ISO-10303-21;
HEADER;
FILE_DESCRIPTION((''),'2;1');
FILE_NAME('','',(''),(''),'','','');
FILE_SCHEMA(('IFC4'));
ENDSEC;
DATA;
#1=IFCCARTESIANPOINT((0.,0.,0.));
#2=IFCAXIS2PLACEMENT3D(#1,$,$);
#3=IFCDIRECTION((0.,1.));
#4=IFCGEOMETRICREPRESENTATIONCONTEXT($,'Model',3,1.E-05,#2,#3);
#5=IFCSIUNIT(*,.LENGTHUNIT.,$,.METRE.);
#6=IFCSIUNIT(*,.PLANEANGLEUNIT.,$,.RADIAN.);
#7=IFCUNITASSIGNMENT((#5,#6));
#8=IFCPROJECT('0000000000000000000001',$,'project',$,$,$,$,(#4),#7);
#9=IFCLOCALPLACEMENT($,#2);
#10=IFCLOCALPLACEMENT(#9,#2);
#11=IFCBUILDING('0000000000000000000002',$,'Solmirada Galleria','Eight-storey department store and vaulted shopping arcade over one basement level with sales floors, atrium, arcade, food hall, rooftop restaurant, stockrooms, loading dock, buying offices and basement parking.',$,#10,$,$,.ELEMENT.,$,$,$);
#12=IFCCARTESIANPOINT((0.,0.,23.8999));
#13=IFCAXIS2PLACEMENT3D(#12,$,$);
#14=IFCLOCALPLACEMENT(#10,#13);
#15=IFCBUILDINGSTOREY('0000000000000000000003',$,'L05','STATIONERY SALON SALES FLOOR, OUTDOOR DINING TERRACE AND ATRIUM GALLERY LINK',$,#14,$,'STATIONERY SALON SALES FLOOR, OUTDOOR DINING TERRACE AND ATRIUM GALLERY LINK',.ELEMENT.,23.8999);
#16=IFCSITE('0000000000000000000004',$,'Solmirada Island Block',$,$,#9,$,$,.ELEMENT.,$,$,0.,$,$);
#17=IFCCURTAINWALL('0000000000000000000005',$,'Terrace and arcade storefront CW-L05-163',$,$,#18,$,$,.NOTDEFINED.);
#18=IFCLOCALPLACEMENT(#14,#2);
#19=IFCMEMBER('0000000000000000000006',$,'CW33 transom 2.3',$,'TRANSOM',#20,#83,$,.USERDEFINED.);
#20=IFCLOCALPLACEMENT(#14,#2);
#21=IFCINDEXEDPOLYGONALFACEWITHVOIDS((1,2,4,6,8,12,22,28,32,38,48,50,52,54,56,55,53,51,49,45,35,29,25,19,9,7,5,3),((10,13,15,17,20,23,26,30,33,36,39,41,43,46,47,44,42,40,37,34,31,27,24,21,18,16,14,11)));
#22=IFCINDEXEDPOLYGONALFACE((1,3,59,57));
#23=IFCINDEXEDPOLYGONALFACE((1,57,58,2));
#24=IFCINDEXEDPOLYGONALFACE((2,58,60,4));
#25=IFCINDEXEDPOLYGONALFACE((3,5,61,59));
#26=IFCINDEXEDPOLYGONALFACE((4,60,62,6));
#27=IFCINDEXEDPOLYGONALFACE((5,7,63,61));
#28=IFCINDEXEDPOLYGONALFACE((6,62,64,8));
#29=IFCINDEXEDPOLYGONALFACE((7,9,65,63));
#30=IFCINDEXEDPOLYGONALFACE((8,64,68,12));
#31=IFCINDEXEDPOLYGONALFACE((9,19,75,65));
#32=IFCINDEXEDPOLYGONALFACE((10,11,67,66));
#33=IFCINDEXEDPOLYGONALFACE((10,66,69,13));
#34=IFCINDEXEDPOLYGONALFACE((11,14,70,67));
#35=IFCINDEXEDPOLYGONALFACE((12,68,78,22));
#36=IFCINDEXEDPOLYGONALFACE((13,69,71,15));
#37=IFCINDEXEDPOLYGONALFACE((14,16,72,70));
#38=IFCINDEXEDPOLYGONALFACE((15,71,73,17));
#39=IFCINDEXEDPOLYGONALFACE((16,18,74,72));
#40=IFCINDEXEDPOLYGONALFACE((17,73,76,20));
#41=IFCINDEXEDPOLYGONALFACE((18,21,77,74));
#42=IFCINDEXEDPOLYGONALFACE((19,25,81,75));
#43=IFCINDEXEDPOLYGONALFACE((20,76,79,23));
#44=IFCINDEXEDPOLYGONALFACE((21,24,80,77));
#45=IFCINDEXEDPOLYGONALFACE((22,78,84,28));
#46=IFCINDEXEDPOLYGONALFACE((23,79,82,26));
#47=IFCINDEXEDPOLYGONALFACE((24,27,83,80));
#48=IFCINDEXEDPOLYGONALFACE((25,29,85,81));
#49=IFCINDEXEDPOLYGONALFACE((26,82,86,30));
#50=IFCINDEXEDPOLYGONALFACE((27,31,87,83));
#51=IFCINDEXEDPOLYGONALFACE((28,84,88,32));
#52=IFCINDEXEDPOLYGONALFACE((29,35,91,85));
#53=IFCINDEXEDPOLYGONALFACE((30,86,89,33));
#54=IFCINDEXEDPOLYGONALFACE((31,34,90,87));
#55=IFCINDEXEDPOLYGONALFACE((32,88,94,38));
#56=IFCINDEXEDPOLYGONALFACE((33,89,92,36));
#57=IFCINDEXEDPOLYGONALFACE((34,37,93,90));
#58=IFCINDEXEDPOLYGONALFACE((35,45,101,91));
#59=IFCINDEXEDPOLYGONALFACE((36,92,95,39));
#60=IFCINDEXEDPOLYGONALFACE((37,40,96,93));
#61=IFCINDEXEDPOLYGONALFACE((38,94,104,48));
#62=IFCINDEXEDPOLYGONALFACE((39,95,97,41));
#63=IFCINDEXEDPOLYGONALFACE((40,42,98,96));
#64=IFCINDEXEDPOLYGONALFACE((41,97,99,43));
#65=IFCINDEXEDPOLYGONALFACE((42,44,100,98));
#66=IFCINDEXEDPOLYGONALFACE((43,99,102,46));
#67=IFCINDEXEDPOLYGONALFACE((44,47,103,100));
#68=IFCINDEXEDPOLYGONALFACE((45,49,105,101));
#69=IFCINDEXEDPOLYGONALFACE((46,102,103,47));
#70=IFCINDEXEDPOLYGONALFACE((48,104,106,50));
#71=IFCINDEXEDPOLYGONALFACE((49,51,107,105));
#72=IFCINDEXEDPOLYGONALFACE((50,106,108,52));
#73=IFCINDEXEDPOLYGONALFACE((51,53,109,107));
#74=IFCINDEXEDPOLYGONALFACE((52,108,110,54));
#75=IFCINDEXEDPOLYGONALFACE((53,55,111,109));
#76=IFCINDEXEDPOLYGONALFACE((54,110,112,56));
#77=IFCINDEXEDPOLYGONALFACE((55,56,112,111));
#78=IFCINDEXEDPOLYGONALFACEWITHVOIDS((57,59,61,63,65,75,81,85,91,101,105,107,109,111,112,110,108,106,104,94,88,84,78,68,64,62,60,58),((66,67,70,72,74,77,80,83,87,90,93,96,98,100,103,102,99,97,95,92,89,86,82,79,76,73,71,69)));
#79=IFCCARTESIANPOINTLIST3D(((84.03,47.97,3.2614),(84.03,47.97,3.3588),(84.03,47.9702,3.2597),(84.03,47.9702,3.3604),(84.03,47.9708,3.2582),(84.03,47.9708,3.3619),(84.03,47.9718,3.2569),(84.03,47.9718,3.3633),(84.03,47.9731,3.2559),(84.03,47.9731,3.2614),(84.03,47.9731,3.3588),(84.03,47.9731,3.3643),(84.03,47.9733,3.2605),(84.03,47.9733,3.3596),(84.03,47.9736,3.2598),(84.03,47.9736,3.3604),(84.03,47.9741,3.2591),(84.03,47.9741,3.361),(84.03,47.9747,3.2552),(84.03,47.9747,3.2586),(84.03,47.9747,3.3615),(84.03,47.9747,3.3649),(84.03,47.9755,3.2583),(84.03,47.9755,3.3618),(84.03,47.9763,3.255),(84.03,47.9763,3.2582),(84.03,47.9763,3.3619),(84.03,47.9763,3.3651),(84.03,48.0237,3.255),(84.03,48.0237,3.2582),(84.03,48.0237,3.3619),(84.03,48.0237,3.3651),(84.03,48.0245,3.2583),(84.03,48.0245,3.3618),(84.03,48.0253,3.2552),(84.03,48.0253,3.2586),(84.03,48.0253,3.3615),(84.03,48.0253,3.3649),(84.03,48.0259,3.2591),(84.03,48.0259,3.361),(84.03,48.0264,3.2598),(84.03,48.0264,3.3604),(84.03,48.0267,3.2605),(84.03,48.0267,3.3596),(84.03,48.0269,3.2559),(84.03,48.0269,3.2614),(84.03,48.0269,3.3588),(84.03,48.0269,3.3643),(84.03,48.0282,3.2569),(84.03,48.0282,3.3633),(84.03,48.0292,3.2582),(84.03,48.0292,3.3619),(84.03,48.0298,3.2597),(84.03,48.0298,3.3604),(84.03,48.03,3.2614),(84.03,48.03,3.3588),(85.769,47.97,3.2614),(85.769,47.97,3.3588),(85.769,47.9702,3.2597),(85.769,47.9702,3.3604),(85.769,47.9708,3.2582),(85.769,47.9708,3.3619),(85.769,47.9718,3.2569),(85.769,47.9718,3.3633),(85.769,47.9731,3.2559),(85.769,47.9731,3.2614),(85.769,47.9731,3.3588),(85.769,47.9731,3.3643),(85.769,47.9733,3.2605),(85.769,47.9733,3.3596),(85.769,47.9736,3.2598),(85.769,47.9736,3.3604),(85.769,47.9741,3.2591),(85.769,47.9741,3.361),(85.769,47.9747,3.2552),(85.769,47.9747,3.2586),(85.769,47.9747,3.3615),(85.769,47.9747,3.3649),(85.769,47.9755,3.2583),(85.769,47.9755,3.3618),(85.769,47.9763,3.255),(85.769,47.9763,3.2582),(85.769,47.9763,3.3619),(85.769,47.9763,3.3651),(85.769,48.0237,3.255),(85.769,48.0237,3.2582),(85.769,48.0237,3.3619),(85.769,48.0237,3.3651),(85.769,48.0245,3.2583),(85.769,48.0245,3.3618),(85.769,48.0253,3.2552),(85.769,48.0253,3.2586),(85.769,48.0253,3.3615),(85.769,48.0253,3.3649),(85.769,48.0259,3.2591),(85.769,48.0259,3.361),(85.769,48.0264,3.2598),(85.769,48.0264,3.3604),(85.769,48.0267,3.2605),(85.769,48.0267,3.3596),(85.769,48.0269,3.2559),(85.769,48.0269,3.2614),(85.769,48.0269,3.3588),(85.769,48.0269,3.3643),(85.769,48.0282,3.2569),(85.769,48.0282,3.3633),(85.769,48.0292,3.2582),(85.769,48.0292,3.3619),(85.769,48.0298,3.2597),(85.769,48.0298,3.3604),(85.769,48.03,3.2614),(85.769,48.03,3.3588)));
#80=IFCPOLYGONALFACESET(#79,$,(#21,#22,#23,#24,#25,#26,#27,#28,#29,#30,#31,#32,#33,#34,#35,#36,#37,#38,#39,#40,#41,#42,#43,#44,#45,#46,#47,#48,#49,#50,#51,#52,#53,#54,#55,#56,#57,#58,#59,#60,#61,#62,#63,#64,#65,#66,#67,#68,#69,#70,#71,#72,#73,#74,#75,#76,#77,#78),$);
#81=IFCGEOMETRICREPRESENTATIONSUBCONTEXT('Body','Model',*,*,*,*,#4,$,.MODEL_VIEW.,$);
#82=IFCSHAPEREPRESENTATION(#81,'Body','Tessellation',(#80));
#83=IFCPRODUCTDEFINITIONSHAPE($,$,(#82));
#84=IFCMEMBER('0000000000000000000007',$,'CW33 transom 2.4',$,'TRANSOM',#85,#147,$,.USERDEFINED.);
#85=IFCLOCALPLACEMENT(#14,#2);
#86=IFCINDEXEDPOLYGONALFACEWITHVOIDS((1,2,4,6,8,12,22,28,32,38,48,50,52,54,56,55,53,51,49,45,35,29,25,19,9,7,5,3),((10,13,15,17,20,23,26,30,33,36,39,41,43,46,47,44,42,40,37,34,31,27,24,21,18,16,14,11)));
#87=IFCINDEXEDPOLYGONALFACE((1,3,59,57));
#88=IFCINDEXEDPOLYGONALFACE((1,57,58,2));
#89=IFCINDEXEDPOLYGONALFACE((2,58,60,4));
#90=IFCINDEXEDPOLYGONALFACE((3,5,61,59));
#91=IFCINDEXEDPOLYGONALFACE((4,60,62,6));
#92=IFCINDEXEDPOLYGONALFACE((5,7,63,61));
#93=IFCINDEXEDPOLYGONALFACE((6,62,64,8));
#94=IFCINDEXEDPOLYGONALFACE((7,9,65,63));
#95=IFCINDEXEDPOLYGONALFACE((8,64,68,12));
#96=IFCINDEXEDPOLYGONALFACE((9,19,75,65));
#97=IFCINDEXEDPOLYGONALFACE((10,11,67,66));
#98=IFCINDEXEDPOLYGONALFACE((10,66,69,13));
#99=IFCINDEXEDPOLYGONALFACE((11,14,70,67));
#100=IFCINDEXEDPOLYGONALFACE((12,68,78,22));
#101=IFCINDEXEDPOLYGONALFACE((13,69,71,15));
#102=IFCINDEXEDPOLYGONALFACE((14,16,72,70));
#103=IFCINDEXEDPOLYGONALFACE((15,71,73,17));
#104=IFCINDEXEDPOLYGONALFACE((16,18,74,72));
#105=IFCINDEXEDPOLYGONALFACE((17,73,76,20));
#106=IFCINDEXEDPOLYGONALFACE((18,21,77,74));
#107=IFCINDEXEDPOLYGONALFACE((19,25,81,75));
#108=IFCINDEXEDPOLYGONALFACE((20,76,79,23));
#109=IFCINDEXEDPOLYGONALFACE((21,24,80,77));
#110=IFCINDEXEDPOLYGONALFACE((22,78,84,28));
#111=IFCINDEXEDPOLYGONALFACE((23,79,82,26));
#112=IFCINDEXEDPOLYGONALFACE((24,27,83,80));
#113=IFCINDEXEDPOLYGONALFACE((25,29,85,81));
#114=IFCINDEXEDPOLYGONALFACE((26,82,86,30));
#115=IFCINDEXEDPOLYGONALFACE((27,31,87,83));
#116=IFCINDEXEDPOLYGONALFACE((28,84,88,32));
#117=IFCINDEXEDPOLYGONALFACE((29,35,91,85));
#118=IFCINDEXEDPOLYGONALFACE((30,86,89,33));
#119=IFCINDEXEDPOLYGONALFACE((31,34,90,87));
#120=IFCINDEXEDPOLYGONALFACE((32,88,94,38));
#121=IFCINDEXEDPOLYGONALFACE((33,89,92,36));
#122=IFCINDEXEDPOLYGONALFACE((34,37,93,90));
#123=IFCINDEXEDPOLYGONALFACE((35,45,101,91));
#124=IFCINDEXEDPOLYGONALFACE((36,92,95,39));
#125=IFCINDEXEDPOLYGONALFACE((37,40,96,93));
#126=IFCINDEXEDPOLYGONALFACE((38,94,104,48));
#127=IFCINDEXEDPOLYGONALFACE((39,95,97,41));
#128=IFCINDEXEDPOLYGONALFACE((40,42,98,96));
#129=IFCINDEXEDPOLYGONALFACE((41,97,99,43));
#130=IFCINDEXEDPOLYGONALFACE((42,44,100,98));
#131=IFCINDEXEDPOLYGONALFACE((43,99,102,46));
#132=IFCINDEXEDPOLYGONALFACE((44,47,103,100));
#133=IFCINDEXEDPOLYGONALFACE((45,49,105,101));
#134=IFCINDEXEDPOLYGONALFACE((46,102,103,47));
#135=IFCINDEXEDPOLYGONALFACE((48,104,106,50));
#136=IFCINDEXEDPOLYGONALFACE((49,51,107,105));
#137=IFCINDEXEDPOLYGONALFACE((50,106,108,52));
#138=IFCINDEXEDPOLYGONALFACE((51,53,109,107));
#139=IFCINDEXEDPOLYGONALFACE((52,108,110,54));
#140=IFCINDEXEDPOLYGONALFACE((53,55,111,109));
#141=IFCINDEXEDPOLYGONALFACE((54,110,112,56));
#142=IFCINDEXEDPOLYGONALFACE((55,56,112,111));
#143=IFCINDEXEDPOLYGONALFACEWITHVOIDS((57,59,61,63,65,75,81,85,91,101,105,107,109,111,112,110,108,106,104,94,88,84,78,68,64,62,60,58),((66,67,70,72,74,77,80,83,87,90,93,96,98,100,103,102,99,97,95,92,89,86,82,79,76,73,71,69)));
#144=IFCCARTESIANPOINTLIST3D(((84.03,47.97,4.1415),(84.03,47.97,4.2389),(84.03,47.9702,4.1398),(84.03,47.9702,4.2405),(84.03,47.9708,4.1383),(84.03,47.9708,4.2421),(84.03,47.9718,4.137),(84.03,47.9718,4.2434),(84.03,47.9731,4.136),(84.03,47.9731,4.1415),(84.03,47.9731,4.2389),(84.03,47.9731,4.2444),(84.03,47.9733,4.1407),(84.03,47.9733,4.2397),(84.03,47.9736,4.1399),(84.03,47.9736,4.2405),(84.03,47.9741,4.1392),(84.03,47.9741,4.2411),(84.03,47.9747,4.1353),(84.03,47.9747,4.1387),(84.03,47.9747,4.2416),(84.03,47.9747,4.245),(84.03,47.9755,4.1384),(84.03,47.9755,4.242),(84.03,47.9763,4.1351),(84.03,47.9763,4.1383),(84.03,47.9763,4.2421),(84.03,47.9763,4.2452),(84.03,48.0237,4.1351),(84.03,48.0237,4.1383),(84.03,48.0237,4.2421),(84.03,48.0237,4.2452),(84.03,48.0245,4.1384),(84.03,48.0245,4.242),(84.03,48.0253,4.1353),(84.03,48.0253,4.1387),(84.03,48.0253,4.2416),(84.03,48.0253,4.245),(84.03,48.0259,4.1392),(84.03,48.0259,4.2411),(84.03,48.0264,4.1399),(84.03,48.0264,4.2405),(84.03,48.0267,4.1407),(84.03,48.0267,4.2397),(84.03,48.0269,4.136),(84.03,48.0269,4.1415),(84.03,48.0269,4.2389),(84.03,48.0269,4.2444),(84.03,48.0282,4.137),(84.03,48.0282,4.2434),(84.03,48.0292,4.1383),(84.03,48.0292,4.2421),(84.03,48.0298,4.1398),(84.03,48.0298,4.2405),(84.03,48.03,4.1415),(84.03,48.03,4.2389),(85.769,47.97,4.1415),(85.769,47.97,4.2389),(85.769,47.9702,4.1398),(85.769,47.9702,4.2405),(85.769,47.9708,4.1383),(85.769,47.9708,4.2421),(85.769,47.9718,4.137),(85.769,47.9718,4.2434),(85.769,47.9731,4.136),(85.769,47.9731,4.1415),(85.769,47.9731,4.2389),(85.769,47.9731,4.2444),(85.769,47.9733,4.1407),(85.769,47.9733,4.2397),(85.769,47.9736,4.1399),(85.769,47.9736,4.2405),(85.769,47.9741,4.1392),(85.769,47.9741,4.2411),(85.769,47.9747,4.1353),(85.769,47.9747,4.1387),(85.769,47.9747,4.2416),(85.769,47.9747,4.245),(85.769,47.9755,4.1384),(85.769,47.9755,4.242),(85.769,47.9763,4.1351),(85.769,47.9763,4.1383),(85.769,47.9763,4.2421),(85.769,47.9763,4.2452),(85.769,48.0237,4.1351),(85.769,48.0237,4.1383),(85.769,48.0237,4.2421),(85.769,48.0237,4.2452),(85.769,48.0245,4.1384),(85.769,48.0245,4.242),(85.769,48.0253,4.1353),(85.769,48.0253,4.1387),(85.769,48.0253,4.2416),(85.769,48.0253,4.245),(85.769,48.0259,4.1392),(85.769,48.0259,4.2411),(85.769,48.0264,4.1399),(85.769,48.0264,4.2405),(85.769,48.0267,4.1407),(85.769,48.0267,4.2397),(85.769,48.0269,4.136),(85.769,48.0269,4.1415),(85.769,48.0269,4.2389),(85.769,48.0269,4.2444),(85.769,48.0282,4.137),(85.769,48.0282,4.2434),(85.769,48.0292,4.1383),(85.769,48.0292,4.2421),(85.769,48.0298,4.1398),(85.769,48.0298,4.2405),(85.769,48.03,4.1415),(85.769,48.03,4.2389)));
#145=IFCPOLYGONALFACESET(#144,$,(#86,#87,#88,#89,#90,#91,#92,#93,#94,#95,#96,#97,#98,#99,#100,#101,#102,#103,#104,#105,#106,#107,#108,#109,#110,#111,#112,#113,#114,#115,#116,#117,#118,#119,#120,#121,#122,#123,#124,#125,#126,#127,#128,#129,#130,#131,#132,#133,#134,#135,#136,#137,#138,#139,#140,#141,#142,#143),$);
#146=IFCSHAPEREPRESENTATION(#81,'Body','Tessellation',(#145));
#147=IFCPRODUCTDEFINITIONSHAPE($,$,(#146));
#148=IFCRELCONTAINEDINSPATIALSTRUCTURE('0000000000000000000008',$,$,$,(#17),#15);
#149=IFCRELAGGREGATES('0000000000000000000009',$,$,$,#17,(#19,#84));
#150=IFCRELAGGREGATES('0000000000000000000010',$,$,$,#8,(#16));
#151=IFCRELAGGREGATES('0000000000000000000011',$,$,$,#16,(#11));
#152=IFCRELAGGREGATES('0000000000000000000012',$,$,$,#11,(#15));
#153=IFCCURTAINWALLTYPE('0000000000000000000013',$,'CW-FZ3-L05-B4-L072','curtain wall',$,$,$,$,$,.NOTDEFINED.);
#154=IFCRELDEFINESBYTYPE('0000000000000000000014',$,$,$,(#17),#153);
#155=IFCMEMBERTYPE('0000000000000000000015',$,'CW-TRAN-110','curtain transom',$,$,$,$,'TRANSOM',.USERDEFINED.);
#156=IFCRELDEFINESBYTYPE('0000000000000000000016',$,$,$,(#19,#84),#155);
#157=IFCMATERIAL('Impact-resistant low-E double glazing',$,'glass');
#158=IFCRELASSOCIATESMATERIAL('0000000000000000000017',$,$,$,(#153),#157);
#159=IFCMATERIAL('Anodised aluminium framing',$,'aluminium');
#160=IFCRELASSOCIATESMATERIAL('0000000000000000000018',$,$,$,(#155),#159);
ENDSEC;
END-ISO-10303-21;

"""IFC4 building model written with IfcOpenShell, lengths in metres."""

from ifc_helpers import new_model, si_unit, direction, frame, origin, origin_2d, place, context, subcontext, project, spatial, hollow_rectangle, extrude, material, material_profile, profile_set, type_object, element, aggregate, save


model = new_model("IFC4")

# Units and contexts
model_context = context("Model", 3, precision=1e-05, world=origin(), true_north=direction((0.0, 1.0)))
body_context = subcontext(model_context, "Body", "Model", "MODEL_VIEW")
ifc_project = project(units=[si_unit("LENGTHUNIT", "METRE"), si_unit("PLANEANGLEUNIT", "RADIAN")], contexts=[model_context])

# Site, building, storey
site_placement = place(None, origin())
site = spatial("IfcSite", under=ifc_project, at=site_placement, Name="Solmirada Island Block", CompositionType="ELEMENT", RefElevation=0.0)
building_placement = place(site_placement, origin())
building = spatial("IfcBuilding", under=site, at=building_placement, Name="Solmirada Galleria", Description="Eight-storey department store and vaulted shopping arcade over one basement level with sales floors, atrium, arcade, food hall, rooftop restaurant, stockrooms, loading dock, buying offices and basement parking.", CompositionType="ELEMENT")
storey_placement = place(building_placement, frame((0.0, 0.0, 23.8999)))
storey = spatial("IfcBuildingStorey", under=building, at=storey_placement, Name="L05", Description="STATIONERY SALON SALES FLOOR, OUTDOOR DINING TERRACE AND ATRIUM GALLERY LINK", LongName="STATIONERY SALON SALES FLOOR, OUTDOOR DINING TERRACE AND ATRIUM GALLERY LINK", CompositionType="ELEMENT", Elevation=23.8999)

# Curtain wall, members
ifc_material_1 = material(Name="Impact-resistant low-E double glazing", Category="glass")
curtain_wall_type = type_object("IfcCurtainWallType", Name="CW-FZ3-L05-B4-L072", Description="curtain wall", PredefinedType="NOTDEFINED", material=ifc_material_1)
curtain_wall_placement = place(storey_placement, origin())
curtain_wall = element("IfcCurtainWall", 1, at=curtain_wall_placement, inside=storey, type_object=curtain_wall_type, Name="Terrace and arcade storefront CW-L05-163", PredefinedType="NOTDEFINED")
ifc_material_2 = material(Name="Anodised aluminium framing", Category="aluminium")
ifc_material_profile_1 = material_profile(ifc_material_2, hollow_rectangle(XDim=0.0601, YDim=0.1101, WallThickness=0.0032, InnerFilletRadius=0.0032, OuterFilletRadius=0.0063, at=origin_2d()), Name="ALU-TRAN-110X60")
ifc_profile_set_1 = profile_set([ifc_material_profile_1], Name="Anodised aluminium framing")
member_type_1 = type_object("IfcMemberType", Name="CW-TRAN-110", Description="curtain transom", ElementType="TRANSOM", PredefinedType="USERDEFINED", material=ifc_profile_set_1)
member_1_placement = place(storey_placement, frame((85.769, 48.0, 3.3101), z_axis=(-1.0, 0.0, 0.0), x_axis=(0.0, -1.0, 0.0)))
member_1 = element("IfcMember", 2, at=member_1_placement, type_object=member_type_1, Name="CW33 transom 2.3", ObjectType="TRANSOM", PredefinedType="USERDEFINED", context=body_context, shape_type="SweptSolid", body=[
    extrude(hollow_rectangle(XDim=0.0601, YDim=0.1101, WallThickness=0.0032, InnerFilletRadius=0.0032, OuterFilletRadius=0.0063, at=origin_2d()), origin(), (0.0, 0.0, 1.0), 1.739),
])
member_2_placement = place(storey_placement, frame((85.769, 48.0, 4.1902), z_axis=(-1.0, 0.0, 0.0), x_axis=(0.0, -1.0, 0.0)))
member_2 = element("IfcMember", 3, at=member_2_placement, type_object=member_type_1, Name="CW33 transom 2.4", ObjectType="TRANSOM", PredefinedType="USERDEFINED", context=body_context, shape_type="SweptSolid", body=[
    extrude(hollow_rectangle(XDim=0.0601, YDim=0.1101, WallThickness=0.0032, InnerFilletRadius=0.0032, OuterFilletRadius=0.0063, at=origin_2d()), origin(), (0.0, 0.0, 1.0), 1.739),
])
aggregate(curtain_wall, [member_1, member_2])

save(model, "model.ifc")
